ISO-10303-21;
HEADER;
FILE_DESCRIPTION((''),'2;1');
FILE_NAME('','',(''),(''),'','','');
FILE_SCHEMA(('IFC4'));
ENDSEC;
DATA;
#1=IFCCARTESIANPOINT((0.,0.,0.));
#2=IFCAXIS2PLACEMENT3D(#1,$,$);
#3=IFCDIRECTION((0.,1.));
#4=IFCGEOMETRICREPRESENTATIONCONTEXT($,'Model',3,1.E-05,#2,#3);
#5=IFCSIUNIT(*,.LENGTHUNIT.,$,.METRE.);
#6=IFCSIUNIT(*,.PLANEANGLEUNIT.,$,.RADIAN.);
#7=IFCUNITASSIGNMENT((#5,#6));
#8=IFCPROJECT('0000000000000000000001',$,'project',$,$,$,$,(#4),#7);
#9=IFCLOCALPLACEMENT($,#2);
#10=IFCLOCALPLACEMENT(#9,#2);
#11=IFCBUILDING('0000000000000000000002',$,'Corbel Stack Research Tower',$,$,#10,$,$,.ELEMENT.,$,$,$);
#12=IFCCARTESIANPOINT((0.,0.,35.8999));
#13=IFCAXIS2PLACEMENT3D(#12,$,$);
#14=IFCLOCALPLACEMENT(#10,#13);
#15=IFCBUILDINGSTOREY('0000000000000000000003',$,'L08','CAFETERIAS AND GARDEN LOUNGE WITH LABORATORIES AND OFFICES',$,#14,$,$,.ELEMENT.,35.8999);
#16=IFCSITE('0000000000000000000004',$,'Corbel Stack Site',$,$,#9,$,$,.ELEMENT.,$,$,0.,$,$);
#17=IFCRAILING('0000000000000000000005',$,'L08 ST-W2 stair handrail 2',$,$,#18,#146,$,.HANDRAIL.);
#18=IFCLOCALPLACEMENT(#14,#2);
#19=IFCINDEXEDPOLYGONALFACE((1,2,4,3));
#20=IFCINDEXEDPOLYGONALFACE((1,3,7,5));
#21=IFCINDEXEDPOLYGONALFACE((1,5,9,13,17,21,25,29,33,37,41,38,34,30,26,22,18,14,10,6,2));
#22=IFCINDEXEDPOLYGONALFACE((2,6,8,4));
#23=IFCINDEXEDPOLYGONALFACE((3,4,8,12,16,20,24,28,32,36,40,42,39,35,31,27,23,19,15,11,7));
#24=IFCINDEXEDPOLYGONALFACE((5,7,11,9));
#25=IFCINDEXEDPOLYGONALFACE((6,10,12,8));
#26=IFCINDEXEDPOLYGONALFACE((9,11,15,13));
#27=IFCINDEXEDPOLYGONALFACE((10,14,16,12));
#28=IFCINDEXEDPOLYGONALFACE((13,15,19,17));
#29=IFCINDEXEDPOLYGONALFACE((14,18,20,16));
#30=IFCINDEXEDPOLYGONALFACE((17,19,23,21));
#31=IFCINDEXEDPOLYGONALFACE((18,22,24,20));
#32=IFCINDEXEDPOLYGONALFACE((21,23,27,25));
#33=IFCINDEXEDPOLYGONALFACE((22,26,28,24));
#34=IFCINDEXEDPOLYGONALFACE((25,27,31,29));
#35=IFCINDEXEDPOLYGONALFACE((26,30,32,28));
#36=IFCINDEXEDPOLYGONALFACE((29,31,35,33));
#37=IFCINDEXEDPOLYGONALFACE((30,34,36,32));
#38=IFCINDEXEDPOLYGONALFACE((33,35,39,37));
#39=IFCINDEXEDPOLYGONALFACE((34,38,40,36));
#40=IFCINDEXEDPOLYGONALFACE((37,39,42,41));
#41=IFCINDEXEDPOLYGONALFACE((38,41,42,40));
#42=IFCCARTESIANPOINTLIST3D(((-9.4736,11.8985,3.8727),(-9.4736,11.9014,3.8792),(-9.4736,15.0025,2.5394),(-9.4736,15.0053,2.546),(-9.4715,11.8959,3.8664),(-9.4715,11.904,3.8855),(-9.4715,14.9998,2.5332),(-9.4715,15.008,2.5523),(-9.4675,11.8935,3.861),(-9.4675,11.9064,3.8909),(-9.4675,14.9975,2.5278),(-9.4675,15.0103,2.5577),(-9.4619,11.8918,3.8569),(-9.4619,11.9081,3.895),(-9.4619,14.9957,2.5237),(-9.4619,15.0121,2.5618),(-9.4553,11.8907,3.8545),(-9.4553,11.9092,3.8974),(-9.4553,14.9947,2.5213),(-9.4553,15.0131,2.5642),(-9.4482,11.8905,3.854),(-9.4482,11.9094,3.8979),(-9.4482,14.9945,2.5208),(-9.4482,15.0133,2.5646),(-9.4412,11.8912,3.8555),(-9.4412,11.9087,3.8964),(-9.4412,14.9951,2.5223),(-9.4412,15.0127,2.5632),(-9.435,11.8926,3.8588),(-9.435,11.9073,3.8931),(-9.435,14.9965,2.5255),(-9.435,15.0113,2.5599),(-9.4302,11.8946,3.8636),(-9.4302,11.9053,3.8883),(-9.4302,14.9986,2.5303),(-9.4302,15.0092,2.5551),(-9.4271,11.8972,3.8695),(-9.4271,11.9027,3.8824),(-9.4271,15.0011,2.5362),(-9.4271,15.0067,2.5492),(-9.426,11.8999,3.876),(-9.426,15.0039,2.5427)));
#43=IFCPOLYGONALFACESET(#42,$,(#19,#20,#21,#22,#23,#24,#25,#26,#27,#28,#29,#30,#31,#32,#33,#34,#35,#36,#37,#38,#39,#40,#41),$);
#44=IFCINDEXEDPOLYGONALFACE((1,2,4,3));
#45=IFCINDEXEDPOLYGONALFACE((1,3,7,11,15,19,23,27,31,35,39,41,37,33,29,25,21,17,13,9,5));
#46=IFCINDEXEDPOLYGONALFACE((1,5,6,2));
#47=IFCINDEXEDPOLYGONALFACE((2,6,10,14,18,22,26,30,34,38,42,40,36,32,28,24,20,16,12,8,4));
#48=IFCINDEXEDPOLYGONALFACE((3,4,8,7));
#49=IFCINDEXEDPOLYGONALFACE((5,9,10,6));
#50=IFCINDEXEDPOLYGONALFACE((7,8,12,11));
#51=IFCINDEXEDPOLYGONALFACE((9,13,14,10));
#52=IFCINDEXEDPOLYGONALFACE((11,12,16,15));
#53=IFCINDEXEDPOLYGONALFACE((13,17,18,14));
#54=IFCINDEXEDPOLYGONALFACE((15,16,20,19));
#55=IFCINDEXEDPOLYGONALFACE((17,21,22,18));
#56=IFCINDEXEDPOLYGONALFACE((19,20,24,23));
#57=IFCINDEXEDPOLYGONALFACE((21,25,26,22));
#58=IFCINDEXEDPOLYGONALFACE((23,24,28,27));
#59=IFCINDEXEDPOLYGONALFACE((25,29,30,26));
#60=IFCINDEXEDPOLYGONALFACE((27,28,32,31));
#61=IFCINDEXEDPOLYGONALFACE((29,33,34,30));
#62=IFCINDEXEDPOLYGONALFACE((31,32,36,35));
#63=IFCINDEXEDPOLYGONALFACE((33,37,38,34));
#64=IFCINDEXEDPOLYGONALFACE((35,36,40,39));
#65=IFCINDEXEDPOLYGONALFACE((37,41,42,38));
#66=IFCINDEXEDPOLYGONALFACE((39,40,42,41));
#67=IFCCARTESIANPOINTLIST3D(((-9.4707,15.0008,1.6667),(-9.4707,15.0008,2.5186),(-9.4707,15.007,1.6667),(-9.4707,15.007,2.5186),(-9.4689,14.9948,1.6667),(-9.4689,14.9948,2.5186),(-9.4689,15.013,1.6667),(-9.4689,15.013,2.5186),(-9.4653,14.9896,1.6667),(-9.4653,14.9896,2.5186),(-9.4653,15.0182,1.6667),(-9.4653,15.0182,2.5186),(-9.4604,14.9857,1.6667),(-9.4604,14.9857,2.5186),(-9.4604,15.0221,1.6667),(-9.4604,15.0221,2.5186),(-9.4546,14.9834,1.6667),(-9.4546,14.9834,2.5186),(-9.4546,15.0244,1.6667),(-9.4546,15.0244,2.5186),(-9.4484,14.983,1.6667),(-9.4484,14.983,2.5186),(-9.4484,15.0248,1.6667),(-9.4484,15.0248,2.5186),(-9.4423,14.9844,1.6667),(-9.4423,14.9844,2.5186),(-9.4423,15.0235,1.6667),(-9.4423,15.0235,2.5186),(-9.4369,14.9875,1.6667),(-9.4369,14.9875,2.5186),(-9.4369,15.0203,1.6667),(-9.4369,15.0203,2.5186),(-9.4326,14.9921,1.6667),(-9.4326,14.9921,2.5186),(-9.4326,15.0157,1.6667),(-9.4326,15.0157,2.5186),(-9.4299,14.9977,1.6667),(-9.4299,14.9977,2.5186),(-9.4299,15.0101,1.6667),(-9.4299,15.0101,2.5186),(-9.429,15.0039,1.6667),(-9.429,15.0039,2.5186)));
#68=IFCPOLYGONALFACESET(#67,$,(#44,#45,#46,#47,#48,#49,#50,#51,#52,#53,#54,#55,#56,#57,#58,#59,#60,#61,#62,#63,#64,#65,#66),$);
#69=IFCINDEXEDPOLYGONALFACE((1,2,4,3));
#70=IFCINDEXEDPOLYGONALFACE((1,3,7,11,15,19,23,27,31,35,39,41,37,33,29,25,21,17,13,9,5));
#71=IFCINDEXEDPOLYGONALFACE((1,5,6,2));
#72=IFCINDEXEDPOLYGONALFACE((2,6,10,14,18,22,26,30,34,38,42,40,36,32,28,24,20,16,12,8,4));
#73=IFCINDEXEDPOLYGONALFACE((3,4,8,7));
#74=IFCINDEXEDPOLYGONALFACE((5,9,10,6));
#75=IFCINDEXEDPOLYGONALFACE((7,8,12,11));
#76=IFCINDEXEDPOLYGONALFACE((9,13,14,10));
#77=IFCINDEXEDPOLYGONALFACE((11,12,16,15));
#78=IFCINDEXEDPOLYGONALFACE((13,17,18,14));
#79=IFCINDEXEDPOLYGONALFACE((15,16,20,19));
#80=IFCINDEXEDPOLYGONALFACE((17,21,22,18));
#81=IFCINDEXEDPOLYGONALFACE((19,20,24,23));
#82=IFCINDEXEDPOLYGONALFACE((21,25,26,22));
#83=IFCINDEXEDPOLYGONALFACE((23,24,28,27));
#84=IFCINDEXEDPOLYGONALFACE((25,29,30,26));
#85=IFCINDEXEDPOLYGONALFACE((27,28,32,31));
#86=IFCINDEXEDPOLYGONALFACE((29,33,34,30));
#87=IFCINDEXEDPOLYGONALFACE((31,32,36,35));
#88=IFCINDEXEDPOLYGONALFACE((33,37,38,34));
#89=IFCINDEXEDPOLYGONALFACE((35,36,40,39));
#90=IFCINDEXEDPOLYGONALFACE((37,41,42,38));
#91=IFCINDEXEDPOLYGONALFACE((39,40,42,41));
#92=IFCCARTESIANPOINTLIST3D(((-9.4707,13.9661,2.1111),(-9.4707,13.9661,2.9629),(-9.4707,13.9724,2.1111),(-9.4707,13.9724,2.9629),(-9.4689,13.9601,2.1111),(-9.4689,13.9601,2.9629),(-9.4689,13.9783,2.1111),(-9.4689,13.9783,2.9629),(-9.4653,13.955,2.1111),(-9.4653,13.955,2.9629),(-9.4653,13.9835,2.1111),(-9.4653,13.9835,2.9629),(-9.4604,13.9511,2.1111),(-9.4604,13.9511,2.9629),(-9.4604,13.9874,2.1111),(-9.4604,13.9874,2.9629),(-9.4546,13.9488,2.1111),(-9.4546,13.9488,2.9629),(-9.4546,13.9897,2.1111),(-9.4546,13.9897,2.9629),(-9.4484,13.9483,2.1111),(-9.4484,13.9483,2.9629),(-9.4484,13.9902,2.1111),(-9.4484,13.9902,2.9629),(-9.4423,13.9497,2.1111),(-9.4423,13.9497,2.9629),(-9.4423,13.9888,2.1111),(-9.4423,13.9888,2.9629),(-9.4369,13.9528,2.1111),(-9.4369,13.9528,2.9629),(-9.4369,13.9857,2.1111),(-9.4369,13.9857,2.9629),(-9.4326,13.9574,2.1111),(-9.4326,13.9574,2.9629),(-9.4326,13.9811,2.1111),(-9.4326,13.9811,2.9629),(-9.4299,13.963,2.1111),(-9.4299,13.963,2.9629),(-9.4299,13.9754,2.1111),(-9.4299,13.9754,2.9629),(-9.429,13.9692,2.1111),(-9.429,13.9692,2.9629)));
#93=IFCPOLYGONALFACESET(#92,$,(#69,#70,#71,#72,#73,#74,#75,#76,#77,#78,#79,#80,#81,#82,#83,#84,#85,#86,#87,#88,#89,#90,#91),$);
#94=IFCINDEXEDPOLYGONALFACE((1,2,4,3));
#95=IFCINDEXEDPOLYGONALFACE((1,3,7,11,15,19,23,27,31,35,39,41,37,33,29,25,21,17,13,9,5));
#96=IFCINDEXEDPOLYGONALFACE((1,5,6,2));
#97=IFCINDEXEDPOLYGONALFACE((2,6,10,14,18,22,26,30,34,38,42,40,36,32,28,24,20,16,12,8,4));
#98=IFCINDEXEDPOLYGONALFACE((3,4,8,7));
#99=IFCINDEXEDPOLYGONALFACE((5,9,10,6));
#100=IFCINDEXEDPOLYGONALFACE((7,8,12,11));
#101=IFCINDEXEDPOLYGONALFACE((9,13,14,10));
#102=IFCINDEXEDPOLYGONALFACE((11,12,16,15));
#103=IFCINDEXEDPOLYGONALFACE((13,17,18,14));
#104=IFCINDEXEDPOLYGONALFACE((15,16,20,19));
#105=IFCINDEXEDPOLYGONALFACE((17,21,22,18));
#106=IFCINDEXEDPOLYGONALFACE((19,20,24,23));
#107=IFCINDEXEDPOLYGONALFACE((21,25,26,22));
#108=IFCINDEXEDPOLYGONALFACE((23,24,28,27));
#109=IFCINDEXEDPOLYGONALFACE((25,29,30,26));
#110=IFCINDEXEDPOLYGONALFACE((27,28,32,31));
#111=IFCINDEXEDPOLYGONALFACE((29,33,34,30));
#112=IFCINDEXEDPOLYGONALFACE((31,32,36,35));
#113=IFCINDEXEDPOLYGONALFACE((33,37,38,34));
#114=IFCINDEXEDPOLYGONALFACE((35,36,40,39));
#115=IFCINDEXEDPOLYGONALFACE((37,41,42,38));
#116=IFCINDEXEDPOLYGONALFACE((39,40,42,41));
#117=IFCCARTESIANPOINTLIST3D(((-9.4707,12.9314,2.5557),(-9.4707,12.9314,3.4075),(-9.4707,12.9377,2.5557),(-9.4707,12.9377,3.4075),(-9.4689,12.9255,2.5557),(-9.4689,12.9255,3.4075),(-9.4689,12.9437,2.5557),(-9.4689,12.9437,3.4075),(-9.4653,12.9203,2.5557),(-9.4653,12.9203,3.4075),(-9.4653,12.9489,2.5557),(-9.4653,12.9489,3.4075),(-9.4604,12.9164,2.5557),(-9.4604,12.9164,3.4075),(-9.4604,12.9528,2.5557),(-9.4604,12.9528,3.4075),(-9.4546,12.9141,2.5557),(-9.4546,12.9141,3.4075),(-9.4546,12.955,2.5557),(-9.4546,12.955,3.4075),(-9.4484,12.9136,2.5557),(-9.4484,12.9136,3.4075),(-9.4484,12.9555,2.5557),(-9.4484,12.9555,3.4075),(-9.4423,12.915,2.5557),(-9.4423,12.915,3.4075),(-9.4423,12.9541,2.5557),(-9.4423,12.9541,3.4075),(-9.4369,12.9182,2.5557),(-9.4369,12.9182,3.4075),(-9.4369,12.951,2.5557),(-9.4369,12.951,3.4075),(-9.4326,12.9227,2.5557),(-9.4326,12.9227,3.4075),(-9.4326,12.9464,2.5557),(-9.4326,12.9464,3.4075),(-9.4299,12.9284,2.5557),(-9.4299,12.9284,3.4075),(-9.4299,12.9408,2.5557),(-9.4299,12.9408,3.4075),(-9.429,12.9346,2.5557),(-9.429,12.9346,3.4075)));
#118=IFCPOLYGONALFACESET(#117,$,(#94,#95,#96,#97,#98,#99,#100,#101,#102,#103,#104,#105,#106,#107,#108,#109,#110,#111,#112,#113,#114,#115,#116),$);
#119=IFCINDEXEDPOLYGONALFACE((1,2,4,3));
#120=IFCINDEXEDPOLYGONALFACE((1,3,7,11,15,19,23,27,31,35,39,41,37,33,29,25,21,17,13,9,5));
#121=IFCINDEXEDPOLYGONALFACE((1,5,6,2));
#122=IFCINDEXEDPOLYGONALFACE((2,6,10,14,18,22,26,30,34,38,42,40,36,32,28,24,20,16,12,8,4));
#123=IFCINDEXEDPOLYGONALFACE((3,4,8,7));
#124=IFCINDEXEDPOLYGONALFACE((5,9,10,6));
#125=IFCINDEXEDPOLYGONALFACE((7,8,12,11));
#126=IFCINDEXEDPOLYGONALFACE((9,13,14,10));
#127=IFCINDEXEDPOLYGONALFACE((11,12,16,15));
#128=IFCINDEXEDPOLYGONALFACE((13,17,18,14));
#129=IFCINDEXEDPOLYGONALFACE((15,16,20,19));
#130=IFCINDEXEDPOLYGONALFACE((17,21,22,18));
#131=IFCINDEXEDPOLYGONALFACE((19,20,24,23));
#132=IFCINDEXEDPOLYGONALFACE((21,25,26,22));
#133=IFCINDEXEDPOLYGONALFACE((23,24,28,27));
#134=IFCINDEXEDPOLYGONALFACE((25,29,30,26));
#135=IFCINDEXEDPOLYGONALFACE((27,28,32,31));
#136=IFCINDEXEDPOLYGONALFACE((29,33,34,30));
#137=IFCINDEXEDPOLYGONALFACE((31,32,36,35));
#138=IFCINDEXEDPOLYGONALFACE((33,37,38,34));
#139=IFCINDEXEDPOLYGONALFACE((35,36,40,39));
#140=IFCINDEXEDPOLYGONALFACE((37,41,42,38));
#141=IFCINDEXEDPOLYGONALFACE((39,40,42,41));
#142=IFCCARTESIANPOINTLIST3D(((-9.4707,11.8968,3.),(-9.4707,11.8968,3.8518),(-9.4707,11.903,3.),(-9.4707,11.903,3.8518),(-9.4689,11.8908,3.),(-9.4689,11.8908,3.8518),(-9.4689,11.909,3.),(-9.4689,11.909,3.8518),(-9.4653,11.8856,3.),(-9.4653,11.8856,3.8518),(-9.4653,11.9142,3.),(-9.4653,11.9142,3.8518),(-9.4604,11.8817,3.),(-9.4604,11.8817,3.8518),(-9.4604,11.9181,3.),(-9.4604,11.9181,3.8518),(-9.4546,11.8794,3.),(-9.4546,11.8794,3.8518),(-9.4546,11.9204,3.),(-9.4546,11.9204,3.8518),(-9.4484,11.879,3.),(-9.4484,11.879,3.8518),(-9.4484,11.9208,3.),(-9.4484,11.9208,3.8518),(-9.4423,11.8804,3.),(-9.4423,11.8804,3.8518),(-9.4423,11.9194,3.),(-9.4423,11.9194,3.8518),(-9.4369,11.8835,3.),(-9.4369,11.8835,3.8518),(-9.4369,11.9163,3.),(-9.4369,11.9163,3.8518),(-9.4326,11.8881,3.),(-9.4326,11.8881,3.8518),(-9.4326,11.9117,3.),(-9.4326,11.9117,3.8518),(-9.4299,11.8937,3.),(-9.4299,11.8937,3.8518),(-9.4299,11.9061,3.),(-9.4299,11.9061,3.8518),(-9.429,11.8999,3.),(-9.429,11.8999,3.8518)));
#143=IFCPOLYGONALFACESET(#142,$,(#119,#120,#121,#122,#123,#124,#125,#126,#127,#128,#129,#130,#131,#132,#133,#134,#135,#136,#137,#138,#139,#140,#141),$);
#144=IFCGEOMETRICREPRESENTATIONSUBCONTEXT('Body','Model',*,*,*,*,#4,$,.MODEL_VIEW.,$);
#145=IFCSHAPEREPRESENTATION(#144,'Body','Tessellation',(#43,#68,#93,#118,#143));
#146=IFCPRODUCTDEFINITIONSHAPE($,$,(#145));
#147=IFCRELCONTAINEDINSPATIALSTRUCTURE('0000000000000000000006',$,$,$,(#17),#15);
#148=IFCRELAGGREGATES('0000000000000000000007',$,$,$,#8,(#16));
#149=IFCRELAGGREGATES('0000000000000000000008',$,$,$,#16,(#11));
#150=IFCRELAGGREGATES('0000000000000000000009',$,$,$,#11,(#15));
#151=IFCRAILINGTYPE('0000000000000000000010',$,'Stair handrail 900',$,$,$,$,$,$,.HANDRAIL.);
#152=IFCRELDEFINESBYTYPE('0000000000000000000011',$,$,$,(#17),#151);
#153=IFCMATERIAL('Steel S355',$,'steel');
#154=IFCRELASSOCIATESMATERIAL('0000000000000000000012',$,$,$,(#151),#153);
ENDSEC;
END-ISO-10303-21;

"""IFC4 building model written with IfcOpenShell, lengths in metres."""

from ifc_helpers import new_model, si_unit, direction, frame, origin, origin_2d, place, context, subcontext, project, spatial, circle, extrude, material, type_object, element, save


model = new_model("IFC4")

# Units and contexts
model_context = context("Model", 3, precision=1e-05, world=origin(), true_north=direction((0.0, 1.0)))
body_context = subcontext(model_context, "Body", "Model", "MODEL_VIEW")
ifc_project = project(units=[si_unit("LENGTHUNIT", "METRE"), si_unit("PLANEANGLEUNIT", "RADIAN")], contexts=[model_context])

# Site, building, storey
site_placement = place(None, origin())
site = spatial("IfcSite", under=ifc_project, at=site_placement, Name="Corbel Stack Site", CompositionType="ELEMENT", RefElevation=0.0)
building_placement = place(site_placement, origin())
building = spatial("IfcBuilding", under=site, at=building_placement, Name="Corbel Stack Research Tower", CompositionType="ELEMENT")
storey_placement = place(building_placement, frame((0.0, 0.0, 35.8999)))
storey = spatial("IfcBuildingStorey", under=building, at=storey_placement, Name="L08", Description="CAFETERIAS AND GARDEN LOUNGE WITH LABORATORIES AND OFFICES", CompositionType="ELEMENT", Elevation=35.8999)

# Railing
ifc_material_1 = material(Name="Steel S355", Category="steel")
railing_type_1 = type_object("IfcRailingType", Name="Stair handrail 900", PredefinedType="HANDRAIL", material=ifc_material_1)
railing_1_placement = place(storey_placement, frame((-9.45, 15.0039, 1.6667)))
element("IfcRailing", 1, at=railing_1_placement, inside=storey, type_object=railing_type_1, Name="L08 ST-W2 stair handrail 2", PredefinedType="HANDRAIL", context=body_context, shape_type="SweptSolid", body=[
    extrude(circle(Radius=0.0239, at=origin_2d()), frame((0.0, 0.0, 0.876), z_axis=(0.0, -0.918827, 0.394661), x_axis=(1.0, 0.0, 0.0)), (0.0, 0.0, 1.0), 3.3782),
    extrude(circle(Radius=0.021, at=origin_2d()), origin(), (0.0, 0.0, 1.0), 0.8518),
    extrude(circle(Radius=0.021, at=origin_2d()), frame((0.0, -1.0347, 0.4443)), (0.0, 0.0, 1.0), 0.8518),
    extrude(circle(Radius=0.021, at=origin_2d()), frame((0.0, -2.0693, 0.8889)), (0.0, 0.0, 1.0), 0.8518),
    extrude(circle(Radius=0.021, at=origin_2d()), frame((0.0, -3.104, 1.3333)), (0.0, 0.0, 1.0), 0.8518),
])

save(model, "model.ifc")
